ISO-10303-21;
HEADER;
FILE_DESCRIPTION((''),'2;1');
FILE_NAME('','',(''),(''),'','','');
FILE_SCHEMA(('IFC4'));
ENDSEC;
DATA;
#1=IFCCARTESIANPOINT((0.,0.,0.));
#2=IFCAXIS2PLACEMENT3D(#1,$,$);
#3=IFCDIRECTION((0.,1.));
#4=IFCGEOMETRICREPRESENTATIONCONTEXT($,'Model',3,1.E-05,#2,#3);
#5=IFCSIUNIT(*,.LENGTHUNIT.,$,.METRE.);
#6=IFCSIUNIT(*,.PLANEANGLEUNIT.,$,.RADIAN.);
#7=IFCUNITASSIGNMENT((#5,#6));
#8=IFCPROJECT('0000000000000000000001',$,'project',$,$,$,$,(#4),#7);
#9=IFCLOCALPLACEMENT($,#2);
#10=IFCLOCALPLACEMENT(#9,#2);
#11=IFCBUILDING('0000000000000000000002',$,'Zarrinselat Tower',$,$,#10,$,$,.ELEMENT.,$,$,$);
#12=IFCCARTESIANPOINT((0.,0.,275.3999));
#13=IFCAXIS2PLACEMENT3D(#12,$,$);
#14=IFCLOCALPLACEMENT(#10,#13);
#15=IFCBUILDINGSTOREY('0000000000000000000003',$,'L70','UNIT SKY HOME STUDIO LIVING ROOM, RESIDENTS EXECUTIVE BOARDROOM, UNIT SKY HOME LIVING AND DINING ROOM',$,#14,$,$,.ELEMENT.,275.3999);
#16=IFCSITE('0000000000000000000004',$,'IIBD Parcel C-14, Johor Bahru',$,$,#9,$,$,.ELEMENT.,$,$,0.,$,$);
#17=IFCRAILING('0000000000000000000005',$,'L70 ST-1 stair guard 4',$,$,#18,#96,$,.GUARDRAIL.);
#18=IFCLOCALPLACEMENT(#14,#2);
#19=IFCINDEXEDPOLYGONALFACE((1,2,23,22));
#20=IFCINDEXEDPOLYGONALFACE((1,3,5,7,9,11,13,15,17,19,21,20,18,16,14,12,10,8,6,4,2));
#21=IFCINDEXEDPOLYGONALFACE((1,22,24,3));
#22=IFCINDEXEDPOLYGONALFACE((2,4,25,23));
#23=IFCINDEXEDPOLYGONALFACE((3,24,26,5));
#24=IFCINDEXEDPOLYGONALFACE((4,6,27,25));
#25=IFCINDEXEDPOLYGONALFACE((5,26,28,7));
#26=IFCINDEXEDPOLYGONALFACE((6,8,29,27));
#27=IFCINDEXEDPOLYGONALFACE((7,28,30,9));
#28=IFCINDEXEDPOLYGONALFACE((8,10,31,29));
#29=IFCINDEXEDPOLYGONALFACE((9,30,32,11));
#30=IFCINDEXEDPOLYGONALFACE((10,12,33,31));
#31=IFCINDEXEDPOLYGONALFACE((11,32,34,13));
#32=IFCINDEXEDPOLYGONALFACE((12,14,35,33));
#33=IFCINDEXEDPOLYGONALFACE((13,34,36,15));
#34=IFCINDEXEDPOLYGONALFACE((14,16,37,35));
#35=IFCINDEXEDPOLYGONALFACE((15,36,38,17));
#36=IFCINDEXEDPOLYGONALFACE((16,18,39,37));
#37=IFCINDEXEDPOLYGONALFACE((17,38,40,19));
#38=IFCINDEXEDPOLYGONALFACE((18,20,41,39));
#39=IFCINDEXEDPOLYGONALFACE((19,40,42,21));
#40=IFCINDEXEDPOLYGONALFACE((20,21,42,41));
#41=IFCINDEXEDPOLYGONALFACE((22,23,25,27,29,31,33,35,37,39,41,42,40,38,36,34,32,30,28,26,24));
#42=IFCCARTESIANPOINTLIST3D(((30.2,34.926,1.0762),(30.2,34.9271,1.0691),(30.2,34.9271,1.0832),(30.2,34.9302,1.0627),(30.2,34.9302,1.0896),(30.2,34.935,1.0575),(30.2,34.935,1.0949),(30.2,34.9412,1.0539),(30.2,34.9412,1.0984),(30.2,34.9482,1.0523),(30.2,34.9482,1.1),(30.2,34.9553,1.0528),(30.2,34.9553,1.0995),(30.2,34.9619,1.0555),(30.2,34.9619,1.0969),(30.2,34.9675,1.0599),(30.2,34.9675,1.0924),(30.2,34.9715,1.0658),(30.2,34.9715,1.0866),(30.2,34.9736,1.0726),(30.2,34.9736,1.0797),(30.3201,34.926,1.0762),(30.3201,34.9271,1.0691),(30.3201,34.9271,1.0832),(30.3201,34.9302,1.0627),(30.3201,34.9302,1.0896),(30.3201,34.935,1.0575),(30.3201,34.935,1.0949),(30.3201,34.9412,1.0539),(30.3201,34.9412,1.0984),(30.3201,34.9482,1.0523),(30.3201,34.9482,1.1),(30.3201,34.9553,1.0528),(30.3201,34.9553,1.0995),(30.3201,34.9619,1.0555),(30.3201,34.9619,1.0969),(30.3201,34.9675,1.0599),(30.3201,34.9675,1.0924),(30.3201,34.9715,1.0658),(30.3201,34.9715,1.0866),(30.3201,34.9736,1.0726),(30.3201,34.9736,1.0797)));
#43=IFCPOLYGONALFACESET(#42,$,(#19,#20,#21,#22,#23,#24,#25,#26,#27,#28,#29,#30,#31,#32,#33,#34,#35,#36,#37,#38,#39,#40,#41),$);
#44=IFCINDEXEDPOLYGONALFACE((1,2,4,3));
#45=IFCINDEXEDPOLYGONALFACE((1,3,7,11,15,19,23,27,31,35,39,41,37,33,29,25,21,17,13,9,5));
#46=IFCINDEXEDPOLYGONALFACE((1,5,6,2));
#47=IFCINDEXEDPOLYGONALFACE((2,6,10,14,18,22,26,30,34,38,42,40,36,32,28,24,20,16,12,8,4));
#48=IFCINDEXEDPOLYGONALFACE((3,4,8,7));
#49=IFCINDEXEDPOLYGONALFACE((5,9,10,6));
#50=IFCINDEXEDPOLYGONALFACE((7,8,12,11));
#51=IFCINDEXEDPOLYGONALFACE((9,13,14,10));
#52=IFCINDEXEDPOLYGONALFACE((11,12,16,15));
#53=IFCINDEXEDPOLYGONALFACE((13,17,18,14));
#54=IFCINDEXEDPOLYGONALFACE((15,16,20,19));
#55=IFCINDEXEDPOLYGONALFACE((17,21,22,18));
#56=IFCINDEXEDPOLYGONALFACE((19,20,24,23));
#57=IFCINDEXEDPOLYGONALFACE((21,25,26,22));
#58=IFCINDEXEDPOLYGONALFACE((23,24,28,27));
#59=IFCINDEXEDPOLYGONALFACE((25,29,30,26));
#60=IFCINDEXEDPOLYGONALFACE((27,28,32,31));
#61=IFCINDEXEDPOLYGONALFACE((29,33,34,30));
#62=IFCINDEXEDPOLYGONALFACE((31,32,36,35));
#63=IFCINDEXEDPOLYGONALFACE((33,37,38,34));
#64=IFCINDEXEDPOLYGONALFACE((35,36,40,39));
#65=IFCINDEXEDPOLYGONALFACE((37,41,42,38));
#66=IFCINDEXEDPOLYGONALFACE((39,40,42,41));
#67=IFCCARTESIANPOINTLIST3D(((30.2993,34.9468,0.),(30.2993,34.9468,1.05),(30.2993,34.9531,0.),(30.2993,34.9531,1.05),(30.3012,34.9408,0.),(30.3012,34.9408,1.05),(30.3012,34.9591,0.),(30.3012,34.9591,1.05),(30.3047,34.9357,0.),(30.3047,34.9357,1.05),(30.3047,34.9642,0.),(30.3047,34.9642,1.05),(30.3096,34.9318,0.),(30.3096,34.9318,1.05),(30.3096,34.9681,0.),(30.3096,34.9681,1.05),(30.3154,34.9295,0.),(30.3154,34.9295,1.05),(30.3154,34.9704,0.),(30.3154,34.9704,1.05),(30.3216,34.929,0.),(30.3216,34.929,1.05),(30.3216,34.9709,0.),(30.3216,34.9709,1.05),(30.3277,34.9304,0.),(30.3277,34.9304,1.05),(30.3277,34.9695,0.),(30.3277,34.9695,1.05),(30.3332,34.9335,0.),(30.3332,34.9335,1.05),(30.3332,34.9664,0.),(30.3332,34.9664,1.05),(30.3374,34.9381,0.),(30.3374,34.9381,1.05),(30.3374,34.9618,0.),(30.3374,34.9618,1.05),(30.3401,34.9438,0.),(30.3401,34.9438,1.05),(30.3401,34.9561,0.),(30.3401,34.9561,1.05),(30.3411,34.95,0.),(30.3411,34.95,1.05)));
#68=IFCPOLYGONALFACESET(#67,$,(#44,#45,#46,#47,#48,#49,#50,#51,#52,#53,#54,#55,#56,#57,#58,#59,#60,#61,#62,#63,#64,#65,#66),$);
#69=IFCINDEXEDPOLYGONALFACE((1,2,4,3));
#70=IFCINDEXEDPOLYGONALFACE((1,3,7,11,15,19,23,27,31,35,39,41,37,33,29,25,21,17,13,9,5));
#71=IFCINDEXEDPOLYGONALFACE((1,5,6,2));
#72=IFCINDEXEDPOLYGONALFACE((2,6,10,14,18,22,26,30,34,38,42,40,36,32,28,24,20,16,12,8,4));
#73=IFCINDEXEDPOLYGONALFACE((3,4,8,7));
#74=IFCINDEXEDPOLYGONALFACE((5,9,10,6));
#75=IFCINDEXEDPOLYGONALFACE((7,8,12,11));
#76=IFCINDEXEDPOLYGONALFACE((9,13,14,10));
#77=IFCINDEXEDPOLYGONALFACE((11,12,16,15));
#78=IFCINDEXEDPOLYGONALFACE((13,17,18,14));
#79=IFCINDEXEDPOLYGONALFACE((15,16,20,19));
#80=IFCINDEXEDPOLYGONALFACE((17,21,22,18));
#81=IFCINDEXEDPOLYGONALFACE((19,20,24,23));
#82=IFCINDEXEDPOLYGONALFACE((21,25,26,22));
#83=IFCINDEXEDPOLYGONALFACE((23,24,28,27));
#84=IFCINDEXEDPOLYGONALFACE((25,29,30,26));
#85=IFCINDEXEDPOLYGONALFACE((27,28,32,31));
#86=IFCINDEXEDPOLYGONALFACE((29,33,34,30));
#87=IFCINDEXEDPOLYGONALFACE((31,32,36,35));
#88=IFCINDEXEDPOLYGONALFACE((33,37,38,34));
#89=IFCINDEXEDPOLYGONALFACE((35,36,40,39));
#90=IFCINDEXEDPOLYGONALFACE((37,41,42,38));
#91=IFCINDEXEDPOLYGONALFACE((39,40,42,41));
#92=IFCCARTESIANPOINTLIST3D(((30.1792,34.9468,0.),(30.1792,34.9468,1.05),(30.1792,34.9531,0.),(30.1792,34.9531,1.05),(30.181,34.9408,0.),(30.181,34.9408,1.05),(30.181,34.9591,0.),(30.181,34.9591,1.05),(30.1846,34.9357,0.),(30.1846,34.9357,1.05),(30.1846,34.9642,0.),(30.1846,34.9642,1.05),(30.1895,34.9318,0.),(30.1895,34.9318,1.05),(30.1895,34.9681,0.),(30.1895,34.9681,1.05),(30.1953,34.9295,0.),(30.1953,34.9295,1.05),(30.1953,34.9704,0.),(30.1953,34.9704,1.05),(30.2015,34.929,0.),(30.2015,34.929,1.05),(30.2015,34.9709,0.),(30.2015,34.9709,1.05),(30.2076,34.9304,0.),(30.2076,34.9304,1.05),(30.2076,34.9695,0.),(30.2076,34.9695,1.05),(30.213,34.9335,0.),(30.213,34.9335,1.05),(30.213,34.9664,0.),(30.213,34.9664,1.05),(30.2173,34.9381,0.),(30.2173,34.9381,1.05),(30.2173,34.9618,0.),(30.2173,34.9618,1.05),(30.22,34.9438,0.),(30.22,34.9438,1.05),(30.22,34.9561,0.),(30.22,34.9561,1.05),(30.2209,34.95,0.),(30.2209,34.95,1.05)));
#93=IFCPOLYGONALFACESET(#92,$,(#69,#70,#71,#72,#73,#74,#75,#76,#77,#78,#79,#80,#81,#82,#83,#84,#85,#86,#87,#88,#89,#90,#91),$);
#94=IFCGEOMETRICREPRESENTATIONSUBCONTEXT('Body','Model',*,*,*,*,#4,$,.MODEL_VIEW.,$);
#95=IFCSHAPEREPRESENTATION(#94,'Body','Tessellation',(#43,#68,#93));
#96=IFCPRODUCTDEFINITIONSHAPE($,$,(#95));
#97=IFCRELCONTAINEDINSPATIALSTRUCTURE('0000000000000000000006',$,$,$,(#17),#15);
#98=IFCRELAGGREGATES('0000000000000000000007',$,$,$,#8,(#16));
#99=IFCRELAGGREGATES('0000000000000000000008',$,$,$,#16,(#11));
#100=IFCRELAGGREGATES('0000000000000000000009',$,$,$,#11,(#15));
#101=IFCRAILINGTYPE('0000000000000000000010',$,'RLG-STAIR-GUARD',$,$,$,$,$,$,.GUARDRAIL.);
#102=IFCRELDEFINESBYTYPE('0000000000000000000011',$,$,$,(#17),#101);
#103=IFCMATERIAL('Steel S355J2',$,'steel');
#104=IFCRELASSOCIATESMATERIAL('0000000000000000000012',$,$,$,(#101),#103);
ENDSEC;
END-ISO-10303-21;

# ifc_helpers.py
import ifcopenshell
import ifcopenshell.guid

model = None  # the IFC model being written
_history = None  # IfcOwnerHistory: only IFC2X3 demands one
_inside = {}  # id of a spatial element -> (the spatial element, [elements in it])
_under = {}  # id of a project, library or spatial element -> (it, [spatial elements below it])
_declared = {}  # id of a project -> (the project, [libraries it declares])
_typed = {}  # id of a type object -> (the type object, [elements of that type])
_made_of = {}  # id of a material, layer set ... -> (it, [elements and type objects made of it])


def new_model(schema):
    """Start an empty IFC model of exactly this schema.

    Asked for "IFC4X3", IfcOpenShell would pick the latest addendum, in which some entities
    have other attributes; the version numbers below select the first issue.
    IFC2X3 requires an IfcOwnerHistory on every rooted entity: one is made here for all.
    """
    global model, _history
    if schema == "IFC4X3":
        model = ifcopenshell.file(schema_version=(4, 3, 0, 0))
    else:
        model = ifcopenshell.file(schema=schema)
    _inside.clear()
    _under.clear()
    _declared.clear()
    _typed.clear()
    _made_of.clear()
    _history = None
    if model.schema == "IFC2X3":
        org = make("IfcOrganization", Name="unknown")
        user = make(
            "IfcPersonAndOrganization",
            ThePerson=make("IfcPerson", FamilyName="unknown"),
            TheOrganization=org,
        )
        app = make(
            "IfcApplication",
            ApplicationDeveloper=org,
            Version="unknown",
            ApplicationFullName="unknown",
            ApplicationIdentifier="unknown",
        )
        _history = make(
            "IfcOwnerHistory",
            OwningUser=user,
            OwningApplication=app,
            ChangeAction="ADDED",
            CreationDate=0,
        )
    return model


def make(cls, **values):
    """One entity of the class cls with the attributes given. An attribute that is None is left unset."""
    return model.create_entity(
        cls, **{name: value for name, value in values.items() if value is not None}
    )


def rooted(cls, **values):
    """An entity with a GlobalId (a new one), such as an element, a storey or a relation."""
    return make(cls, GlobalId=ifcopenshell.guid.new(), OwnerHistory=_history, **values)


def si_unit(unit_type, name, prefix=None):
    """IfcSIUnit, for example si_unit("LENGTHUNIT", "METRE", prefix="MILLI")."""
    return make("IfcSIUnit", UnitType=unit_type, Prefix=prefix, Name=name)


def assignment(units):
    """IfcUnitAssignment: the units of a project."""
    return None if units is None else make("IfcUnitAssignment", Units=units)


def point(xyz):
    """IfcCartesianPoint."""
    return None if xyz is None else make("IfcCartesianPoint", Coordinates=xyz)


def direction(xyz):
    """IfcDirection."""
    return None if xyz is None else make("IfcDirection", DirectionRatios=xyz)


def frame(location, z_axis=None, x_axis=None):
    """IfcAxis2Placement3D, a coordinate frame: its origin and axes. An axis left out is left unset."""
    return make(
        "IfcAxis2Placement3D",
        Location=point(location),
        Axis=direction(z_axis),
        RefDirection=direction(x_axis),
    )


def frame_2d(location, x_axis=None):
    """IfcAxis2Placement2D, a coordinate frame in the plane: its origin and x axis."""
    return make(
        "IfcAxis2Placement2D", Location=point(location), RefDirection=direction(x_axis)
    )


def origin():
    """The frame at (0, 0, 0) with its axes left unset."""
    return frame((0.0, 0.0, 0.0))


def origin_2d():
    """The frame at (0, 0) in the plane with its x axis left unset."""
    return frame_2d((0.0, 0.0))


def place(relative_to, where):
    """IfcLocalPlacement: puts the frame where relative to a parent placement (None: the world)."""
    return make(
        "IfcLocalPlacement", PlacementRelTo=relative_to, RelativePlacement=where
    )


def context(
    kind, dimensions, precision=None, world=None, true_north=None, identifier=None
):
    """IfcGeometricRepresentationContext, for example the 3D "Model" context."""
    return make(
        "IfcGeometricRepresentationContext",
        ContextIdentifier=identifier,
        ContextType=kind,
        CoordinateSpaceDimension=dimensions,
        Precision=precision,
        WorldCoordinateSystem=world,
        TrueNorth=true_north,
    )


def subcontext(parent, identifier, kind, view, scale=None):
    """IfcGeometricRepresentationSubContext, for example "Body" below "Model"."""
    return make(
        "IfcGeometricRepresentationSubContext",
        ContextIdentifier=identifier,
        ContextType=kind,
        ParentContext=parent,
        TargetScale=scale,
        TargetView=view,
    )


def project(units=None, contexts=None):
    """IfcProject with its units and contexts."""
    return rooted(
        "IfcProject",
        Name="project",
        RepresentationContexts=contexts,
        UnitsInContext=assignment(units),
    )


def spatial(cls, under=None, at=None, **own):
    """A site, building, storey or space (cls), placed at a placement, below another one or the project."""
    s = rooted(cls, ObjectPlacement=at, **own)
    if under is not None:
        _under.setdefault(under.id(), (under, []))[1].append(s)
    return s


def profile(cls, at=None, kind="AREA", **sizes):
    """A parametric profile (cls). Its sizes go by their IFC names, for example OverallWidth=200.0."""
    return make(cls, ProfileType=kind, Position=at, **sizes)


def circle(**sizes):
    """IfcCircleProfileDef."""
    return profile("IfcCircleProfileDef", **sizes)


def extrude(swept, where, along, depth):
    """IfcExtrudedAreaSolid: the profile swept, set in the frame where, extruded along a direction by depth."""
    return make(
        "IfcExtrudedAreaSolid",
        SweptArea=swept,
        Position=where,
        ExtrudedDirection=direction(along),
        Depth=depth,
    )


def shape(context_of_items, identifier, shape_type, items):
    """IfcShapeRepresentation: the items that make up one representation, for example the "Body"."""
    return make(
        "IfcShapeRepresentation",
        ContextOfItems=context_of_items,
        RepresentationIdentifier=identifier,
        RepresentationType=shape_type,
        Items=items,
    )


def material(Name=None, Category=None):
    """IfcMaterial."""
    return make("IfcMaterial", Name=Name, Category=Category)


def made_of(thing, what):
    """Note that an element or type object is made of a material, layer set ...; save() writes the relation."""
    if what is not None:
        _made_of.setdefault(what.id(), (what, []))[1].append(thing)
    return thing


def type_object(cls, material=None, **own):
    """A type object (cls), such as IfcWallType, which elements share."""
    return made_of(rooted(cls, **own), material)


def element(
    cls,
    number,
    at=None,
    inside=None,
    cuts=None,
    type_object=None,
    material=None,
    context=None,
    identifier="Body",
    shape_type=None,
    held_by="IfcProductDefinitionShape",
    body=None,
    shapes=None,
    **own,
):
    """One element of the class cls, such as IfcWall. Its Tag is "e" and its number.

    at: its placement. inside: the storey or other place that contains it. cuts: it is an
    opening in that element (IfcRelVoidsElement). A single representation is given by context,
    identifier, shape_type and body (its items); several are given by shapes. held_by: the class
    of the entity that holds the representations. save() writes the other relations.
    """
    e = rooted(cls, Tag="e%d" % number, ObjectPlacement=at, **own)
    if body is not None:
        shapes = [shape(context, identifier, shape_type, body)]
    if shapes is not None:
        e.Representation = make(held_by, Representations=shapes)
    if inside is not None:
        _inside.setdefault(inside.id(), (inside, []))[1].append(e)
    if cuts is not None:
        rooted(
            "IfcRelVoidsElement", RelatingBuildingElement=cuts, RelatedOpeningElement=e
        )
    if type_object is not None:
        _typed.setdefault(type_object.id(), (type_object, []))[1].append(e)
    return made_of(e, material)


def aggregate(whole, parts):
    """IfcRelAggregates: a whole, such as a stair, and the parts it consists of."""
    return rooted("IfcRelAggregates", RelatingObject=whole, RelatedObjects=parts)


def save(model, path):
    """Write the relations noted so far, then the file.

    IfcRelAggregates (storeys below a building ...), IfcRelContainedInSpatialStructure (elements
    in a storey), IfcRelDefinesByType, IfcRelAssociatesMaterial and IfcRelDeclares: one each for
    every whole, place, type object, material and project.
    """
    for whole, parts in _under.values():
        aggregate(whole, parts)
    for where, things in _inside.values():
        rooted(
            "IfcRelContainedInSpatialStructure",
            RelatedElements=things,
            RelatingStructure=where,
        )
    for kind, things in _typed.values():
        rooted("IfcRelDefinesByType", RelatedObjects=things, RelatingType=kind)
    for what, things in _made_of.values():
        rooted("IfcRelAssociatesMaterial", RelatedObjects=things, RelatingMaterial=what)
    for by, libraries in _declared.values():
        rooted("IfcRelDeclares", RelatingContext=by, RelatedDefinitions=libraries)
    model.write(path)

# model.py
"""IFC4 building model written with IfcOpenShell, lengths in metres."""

from ifc_helpers import new_model, si_unit, direction, frame, origin, origin_2d, place, context, subcontext, project, spatial, circle, extrude, material, type_object, element, save


model = new_model("IFC4")

# Units and contexts
model_context = context("Model", 3, precision=1e-05, world=origin(), true_north=direction((0.0, 1.0)))
body_context = subcontext(model_context, "Body", "Model", "MODEL_VIEW")
ifc_project = project(units=[si_unit("LENGTHUNIT", "METRE"), si_unit("PLANEANGLEUNIT", "RADIAN")], contexts=[model_context])

# Site, building, storey
site_placement = place(None, origin())
site = spatial("IfcSite", under=ifc_project, at=site_placement, Name="IIBD Parcel C-14, Johor Bahru", CompositionType="ELEMENT", RefElevation=0.0)
building_placement = place(site_placement, origin())
building = spatial("IfcBuilding", under=site, at=building_placement, Name="Zarrinselat Tower", CompositionType="ELEMENT")
storey_placement = place(building_placement, frame((0.0, 0.0, 275.3999)))
storey = spatial("IfcBuildingStorey", under=building, at=storey_placement, Name="L70", Description="UNIT SKY HOME STUDIO LIVING ROOM, RESIDENTS EXECUTIVE BOARDROOM, UNIT SKY HOME LIVING AND DINING ROOM", CompositionType="ELEMENT", Elevation=275.3999)

# Railing
ifc_material_1 = material(Name="Steel S355J2", Category="steel")
railing_type_1 = type_object("IfcRailingType", Name="RLG-STAIR-GUARD", PredefinedType="GUARDRAIL", material=ifc_material_1)
railing_1_placement = place(storey_placement, frame((30.3201, 34.95, 0.0)))
element("IfcRailing", 1, at=railing_1_placement, inside=storey, type_object=railing_type_1, Name="L70 ST-1 stair guard 4", PredefinedType="GUARDRAIL", context=body_context, shape_type="SweptSolid", body=[
    extrude(circle(Radius=0.0239, at=origin_2d()), frame((0.0, 0.0, 1.0762), z_axis=(-1.0, 0.0, 0.0), x_axis=(0.0, -1.0, 0.0)), (0.0, 0.0, 1.0), 0.1201),
    extrude(circle(Radius=0.021, at=origin_2d()), origin(), (0.0, 0.0, 1.0), 1.05),
    extrude(circle(Radius=0.021, at=origin_2d()), frame((-0.1201, 0.0, 0.0)), (0.0, 0.0, 1.0), 1.05),
])

save(model, "model.ifc")
